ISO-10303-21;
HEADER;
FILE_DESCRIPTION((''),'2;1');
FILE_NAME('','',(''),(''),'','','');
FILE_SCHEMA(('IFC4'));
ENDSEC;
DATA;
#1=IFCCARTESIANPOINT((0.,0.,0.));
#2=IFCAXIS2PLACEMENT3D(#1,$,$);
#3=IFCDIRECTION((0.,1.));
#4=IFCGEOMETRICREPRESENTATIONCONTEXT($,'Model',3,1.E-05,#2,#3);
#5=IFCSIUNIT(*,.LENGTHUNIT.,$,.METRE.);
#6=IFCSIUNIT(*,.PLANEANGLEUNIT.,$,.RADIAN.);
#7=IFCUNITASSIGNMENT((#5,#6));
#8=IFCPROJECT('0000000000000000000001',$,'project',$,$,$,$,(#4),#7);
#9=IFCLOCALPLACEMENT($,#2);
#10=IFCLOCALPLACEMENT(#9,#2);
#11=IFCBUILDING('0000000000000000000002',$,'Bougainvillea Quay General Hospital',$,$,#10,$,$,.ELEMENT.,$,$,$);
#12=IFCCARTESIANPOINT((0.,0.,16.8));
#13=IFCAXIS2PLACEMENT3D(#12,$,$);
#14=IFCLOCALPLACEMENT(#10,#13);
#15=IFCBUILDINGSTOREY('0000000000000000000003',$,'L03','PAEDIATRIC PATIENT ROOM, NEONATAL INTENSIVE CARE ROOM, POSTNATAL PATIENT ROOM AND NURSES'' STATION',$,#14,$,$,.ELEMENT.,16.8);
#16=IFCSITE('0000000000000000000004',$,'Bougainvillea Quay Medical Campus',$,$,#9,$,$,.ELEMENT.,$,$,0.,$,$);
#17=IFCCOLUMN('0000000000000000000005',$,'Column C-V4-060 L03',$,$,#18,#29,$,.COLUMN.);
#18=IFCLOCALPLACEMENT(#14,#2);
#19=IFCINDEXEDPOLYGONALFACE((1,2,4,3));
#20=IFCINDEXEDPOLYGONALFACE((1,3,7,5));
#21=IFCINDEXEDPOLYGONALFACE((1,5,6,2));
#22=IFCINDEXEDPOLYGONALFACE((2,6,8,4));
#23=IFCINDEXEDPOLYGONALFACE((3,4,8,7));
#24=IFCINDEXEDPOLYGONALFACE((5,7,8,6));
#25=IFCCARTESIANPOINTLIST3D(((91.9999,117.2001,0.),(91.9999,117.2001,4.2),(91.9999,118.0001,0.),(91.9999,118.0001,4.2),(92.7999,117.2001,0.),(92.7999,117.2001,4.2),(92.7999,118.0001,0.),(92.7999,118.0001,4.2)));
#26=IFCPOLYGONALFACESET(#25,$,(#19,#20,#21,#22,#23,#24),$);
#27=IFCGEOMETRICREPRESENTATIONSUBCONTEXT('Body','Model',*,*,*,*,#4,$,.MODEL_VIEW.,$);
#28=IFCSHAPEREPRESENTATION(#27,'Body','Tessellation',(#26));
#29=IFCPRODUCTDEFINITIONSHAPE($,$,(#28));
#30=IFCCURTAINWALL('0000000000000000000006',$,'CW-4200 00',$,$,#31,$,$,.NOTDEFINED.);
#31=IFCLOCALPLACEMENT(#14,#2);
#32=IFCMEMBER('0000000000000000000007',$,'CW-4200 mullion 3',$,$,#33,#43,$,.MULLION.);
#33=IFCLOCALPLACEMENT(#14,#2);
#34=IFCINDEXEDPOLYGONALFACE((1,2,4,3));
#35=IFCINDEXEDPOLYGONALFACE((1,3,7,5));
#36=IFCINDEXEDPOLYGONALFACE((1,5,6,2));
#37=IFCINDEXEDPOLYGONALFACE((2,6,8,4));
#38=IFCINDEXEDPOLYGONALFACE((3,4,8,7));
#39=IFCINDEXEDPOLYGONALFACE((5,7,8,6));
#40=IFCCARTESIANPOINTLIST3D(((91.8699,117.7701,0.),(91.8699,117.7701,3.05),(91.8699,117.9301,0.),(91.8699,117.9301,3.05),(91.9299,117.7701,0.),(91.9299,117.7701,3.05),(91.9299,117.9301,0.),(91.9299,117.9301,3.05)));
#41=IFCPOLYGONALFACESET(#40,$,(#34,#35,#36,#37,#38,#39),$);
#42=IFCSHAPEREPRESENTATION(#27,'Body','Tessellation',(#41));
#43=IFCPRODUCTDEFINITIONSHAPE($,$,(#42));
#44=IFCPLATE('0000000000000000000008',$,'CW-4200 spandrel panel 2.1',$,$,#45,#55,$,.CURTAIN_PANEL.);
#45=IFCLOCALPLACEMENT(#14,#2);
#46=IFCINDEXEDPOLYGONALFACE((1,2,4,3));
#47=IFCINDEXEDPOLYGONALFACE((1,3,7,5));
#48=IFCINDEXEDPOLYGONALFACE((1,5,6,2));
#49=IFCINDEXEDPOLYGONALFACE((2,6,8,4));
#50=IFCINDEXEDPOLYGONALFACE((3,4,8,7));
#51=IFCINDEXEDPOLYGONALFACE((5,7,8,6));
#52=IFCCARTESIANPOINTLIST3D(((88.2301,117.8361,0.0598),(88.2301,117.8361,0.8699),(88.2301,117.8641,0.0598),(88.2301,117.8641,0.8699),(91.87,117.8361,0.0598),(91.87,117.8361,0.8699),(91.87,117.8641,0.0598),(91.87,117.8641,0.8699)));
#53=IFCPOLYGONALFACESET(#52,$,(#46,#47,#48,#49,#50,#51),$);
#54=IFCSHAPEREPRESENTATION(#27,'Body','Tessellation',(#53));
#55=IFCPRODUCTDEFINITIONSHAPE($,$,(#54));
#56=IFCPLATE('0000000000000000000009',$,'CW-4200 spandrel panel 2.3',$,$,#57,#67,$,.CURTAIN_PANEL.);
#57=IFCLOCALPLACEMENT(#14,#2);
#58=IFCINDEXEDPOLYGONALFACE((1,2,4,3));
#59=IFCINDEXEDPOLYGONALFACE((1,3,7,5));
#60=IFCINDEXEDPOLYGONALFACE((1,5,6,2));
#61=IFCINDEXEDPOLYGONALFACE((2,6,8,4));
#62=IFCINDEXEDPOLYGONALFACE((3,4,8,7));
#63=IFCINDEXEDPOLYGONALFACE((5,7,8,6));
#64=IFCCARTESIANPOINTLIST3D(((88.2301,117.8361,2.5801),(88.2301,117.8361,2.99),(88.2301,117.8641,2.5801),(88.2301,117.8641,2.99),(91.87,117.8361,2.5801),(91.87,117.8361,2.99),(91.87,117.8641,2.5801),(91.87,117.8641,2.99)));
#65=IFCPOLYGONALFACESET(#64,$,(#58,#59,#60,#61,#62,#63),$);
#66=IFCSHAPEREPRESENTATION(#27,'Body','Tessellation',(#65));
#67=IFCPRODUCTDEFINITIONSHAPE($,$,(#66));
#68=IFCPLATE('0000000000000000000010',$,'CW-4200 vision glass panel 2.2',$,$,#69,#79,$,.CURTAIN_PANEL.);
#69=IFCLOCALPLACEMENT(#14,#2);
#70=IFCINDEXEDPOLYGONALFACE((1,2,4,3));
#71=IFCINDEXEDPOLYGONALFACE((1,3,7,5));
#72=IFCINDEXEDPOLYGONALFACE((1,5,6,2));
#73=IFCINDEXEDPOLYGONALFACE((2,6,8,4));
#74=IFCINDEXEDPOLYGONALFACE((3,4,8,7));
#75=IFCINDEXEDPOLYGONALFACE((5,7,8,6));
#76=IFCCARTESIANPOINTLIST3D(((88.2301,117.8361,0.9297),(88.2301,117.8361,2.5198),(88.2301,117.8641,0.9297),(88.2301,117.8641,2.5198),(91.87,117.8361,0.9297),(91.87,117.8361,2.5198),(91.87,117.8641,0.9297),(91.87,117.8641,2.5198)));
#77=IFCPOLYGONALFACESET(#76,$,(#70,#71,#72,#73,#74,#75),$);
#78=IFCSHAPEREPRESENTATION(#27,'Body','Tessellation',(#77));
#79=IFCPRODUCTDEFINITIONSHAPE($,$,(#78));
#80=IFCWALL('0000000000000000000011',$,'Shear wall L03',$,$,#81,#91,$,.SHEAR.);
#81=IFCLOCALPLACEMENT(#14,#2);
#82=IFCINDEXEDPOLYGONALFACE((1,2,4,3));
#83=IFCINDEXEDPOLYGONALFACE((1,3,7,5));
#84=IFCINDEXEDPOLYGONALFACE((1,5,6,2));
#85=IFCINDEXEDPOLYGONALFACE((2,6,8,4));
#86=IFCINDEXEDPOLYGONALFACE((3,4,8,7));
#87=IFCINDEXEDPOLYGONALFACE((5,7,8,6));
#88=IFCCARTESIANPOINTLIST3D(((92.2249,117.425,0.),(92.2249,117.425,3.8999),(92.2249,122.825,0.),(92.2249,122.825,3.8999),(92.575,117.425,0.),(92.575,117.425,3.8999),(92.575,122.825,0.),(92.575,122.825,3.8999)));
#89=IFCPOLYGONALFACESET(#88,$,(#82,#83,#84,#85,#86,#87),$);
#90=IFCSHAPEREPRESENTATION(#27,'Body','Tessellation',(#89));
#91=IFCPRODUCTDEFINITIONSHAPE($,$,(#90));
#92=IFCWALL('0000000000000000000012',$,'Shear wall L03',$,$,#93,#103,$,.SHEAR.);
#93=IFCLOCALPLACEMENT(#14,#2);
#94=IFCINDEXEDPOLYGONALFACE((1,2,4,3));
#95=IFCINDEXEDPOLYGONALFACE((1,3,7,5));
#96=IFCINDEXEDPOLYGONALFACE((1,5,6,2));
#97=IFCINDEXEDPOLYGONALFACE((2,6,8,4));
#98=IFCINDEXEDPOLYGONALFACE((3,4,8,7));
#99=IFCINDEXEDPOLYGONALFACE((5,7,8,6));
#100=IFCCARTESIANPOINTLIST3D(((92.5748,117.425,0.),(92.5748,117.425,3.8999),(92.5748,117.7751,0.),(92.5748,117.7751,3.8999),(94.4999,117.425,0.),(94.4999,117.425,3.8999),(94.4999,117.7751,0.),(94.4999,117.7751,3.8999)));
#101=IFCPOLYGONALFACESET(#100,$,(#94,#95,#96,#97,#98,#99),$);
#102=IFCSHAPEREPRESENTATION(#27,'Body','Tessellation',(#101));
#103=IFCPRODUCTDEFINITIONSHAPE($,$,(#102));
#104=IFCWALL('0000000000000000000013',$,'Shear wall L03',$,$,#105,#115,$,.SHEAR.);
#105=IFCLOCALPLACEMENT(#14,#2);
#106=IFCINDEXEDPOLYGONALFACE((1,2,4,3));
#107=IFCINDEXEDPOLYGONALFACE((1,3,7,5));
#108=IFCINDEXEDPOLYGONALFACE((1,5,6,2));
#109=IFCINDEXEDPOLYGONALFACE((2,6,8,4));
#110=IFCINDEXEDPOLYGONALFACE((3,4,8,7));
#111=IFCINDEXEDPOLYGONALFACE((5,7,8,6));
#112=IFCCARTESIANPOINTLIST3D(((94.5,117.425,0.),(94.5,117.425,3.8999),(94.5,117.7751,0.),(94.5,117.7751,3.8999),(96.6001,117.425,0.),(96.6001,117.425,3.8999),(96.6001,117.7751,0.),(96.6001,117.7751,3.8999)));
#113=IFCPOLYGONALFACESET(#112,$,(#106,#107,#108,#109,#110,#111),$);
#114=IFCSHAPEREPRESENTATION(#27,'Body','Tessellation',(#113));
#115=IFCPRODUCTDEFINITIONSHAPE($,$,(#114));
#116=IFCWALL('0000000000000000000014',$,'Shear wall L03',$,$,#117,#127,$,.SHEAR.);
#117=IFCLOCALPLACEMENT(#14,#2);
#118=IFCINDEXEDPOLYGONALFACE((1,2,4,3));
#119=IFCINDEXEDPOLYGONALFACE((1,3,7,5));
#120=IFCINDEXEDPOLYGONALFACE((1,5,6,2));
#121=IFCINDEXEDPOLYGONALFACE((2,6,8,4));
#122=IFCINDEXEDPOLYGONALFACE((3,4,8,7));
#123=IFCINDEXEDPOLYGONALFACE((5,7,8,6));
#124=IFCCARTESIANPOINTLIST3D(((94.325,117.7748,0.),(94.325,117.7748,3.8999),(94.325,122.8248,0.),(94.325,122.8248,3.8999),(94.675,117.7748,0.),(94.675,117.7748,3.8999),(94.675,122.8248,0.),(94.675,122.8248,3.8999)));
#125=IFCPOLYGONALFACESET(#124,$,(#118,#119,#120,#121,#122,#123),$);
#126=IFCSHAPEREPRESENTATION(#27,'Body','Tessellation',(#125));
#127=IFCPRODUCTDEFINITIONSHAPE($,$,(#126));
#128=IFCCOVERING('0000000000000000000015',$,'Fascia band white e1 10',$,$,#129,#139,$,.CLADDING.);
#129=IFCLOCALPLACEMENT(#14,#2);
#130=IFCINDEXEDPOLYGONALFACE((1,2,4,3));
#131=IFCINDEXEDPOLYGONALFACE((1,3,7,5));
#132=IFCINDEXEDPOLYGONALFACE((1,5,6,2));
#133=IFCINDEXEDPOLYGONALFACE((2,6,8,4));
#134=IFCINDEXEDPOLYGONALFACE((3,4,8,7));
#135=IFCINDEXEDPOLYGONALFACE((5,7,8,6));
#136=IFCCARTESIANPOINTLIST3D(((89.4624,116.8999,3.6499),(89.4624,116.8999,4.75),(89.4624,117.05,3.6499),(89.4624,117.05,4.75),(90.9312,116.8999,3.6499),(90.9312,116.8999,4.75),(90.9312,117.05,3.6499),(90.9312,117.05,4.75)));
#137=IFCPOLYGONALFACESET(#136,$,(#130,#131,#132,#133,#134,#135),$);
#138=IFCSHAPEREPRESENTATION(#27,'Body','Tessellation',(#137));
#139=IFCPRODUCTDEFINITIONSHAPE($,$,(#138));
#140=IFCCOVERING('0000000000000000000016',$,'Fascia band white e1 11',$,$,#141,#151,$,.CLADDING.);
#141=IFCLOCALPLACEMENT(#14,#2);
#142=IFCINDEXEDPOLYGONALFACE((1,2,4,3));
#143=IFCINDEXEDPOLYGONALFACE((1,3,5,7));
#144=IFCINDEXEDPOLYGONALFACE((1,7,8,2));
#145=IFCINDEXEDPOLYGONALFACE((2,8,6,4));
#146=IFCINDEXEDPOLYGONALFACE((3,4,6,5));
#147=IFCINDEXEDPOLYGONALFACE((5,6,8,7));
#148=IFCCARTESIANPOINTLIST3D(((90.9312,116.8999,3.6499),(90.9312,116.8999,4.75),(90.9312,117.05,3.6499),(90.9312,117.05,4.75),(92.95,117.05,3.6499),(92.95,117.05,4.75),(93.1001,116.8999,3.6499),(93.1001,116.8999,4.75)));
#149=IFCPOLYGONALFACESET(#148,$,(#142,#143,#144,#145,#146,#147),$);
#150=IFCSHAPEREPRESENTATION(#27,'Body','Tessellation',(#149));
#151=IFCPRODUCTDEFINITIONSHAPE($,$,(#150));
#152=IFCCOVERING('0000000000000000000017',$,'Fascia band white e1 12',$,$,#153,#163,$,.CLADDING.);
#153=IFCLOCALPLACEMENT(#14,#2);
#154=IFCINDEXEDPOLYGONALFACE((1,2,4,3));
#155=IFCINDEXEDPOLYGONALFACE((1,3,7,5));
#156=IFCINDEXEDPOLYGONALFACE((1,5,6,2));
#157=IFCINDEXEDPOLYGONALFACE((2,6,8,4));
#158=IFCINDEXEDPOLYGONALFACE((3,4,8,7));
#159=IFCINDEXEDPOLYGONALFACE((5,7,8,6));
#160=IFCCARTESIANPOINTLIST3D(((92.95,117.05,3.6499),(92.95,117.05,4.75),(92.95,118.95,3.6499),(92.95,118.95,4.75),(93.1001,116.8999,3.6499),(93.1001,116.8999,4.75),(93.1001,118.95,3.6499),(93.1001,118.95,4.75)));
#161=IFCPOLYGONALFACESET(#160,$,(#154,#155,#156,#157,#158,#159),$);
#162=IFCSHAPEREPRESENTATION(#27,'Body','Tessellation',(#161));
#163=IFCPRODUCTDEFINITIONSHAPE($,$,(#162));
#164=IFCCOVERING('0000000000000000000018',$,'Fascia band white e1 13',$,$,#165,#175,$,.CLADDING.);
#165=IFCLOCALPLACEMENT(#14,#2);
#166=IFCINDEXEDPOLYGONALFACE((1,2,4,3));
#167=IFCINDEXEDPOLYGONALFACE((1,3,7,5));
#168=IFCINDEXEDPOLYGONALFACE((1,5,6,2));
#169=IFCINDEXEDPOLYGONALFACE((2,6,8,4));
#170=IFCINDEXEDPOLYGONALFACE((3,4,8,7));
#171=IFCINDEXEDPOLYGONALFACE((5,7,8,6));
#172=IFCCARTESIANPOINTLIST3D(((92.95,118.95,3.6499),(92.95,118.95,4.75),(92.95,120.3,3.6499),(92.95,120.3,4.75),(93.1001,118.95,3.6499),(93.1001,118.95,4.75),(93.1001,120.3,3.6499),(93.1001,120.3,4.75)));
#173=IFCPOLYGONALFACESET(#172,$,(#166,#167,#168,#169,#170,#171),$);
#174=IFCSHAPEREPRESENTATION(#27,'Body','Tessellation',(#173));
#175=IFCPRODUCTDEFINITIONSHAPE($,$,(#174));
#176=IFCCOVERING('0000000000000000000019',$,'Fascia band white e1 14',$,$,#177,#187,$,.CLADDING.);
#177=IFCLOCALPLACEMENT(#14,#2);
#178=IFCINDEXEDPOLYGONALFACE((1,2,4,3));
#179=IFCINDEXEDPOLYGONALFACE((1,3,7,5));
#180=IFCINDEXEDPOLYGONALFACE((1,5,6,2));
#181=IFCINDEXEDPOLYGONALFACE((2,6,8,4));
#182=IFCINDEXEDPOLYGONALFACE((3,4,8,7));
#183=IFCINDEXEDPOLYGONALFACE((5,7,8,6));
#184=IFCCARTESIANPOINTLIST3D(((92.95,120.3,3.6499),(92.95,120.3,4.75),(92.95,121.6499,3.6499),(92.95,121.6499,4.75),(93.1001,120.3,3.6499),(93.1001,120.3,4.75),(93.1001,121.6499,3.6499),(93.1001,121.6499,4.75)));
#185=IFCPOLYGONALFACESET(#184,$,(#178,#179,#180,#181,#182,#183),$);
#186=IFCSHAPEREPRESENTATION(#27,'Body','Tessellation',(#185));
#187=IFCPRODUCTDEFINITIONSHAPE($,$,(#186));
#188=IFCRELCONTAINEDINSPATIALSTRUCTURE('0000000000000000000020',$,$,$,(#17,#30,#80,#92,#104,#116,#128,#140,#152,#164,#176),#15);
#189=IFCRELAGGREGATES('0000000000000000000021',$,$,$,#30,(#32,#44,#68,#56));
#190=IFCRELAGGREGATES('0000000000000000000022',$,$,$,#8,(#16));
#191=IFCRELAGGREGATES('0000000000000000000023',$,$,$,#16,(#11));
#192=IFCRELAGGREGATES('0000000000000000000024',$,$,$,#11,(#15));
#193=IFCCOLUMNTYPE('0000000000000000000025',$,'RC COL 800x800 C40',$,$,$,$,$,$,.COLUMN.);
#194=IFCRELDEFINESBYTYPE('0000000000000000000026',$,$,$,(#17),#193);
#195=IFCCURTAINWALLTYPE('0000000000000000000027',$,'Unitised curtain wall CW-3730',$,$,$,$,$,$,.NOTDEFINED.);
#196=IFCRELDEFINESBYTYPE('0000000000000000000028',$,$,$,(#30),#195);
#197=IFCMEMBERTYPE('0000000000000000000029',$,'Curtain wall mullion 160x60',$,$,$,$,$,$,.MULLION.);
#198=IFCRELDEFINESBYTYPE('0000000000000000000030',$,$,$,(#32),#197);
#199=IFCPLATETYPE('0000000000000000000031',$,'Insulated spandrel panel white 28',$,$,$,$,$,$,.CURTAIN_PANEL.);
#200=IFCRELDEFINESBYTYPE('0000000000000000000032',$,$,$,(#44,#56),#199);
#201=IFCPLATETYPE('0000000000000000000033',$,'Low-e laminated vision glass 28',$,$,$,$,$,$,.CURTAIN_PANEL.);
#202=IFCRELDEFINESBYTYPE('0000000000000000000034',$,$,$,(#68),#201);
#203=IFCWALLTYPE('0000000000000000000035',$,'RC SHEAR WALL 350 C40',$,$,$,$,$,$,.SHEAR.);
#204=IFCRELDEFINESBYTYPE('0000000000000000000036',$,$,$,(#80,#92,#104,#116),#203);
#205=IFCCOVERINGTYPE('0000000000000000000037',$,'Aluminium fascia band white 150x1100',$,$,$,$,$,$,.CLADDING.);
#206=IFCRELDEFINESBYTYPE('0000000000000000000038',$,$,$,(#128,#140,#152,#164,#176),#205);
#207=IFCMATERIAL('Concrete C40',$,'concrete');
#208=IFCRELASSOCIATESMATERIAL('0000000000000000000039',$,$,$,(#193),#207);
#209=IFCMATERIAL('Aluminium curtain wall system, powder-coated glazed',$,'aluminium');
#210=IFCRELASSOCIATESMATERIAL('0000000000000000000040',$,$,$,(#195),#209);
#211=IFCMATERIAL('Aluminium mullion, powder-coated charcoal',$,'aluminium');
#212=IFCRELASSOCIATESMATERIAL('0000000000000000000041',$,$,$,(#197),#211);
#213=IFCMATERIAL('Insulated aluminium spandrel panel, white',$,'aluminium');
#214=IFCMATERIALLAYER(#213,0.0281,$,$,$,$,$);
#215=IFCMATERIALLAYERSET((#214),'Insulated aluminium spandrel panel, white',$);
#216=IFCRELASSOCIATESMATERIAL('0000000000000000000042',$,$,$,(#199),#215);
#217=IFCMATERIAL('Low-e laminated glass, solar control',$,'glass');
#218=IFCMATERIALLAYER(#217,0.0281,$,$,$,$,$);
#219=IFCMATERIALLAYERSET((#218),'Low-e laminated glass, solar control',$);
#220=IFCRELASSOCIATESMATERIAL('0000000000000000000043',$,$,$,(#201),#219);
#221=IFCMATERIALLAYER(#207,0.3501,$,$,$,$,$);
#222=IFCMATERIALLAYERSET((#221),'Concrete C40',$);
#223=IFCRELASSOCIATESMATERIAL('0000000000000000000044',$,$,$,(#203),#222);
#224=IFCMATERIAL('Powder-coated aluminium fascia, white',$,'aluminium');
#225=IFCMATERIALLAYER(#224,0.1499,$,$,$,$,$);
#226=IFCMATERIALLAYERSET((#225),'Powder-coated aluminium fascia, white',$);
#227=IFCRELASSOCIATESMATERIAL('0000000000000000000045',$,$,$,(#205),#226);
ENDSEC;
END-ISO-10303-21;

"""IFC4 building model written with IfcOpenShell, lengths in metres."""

from ifc_helpers import new_model, si_unit, direction, frame, frame_2d, origin, origin_2d, place, context, subcontext, project, spatial, polyline, rectangle, outline, extrude, material, layer, layer_set, material_profile, profile_set, type_object, element, aggregate, save


model = new_model("IFC4")

# Units and contexts
model_context = context("Model", 3, precision=1e-05, world=origin(), true_north=direction((0.0, 1.0)))
body_context = subcontext(model_context, "Body", "Model", "MODEL_VIEW")
ifc_project = project(units=[si_unit("LENGTHUNIT", "METRE"), si_unit("PLANEANGLEUNIT", "RADIAN")], contexts=[model_context])

# Site, building, storey
site_placement = place(None, origin())
site = spatial("IfcSite", under=ifc_project, at=site_placement, Name="Bougainvillea Quay Medical Campus", CompositionType="ELEMENT", RefElevation=0.0)
building_placement = place(site_placement, origin())
building = spatial("IfcBuilding", under=site, at=building_placement, Name="Bougainvillea Quay General Hospital", CompositionType="ELEMENT")
storey_placement = place(building_placement, frame((0.0, 0.0, 16.8)))
storey = spatial("IfcBuildingStorey", under=building, at=storey_placement, Name="L03", Description="PAEDIATRIC PATIENT ROOM, NEONATAL INTENSIVE CARE ROOM, POSTNATAL PATIENT ROOM AND NURSES' STATION", CompositionType="ELEMENT", Elevation=16.8)

# Column
ifc_material_1 = material(Name="Concrete C40", Category="concrete")
ifc_material_profile_1 = material_profile(ifc_material_1, rectangle(XDim=0.8, YDim=0.8, at=origin_2d()))
ifc_profile_set_1 = profile_set([ifc_material_profile_1], Name="Concrete C40")
column_type = type_object("IfcColumnType", Name="RC COL 800x800 C40", PredefinedType="COLUMN", material=ifc_profile_set_1)
column_placement = place(storey_placement, frame((92.3999, 117.6001, 0.0), z_axis=(0.0, 0.0, 1.0), x_axis=(1.0, 0.0, 0.0)))
element("IfcColumn", 1, at=column_placement, inside=storey, type_object=column_type, Name="Column C-V4-060 L03", PredefinedType="COLUMN", context=body_context, shape_type="SweptSolid", body=[
    extrude(rectangle(XDim=0.8, YDim=0.8, at=origin_2d()), origin(), (0.0, 0.0, 1.0), 4.2),
])

# Curtain wall, member, plates
ifc_material_2 = material(Name="Aluminium curtain wall system, powder-coated glazed", Category="aluminium")
curtain_wall_type = type_object("IfcCurtainWallType", Name="Unitised curtain wall CW-3730", PredefinedType="NOTDEFINED", material=ifc_material_2)
curtain_wall_placement = place(storey_placement, origin())
curtain_wall = element("IfcCurtainWall", 2, at=curtain_wall_placement, inside=storey, type_object=curtain_wall_type, Name="CW-4200 00", PredefinedType="NOTDEFINED")
ifc_material_3 = material(Name="Aluminium mullion, powder-coated charcoal", Category="aluminium")
ifc_material_profile_2 = material_profile(ifc_material_3, rectangle(XDim=0.1599, YDim=0.0601, at=origin_2d()))
ifc_profile_set_2 = profile_set([ifc_material_profile_2], Name="Aluminium mullion, powder-coated charcoal")
member_type = type_object("IfcMemberType", Name="Curtain wall mullion 160x60", PredefinedType="MULLION", material=ifc_profile_set_2)
member_placement = place(storey_placement, frame((91.8999, 117.8501, 0.0), z_axis=(0.0, 0.0, 1.0), x_axis=(0.0, 1.0, 0.0)))
member = element("IfcMember", 3, at=member_placement, type_object=member_type, Name="CW-4200 mullion 3", PredefinedType="MULLION", context=body_context, shape_type="SweptSolid", body=[
    extrude(rectangle(XDim=0.1599, YDim=0.0601, at=origin_2d()), origin(), (0.0, 0.0, 1.0), 3.05),
])
ifc_material_4 = material(Name="Insulated aluminium spandrel panel, white", Category="aluminium")
ifc_layer_1 = layer(ifc_material_4, 0.0281)
ifc_layer_set_1 = layer_set([ifc_layer_1], Name="Insulated aluminium spandrel panel, white")
plate_type_1 = type_object("IfcPlateType", Name="Insulated spandrel panel white 28", PredefinedType="CURTAIN_PANEL", material=ifc_layer_set_1)
plate_1_placement = place(storey_placement, frame((90.05, 117.8501, 0.0598), z_axis=(0.0, 0.0, 1.0), x_axis=(1.0, 0.0, 0.0)))
plate_1 = element("IfcPlate", 4, at=plate_1_placement, type_object=plate_type_1, Name="CW-4200 spandrel panel 2.1", PredefinedType="CURTAIN_PANEL", context=body_context, shape_type="SweptSolid", body=[
    extrude(rectangle(XDim=3.6399, YDim=0.0281, at=origin_2d()), origin(), (0.0, 0.0, 1.0), 0.8101),
])
plate_2_placement = place(storey_placement, frame((90.05, 117.8501, 2.5801), z_axis=(0.0, 0.0, 1.0), x_axis=(1.0, 0.0, 0.0)))
plate_2 = element("IfcPlate", 5, at=plate_2_placement, type_object=plate_type_1, Name="CW-4200 spandrel panel 2.3", PredefinedType="CURTAIN_PANEL", context=body_context, shape_type="SweptSolid", body=[
    extrude(rectangle(XDim=3.6399, YDim=0.0281, at=origin_2d()), origin(), (0.0, 0.0, 1.0), 0.4099),
])
ifc_material_5 = material(Name="Low-e laminated glass, solar control", Category="glass")
ifc_layer_2 = layer(ifc_material_5, 0.0281)
ifc_layer_set_2 = layer_set([ifc_layer_2], Name="Low-e laminated glass, solar control")
plate_type_2 = type_object("IfcPlateType", Name="Low-e laminated vision glass 28", PredefinedType="CURTAIN_PANEL", material=ifc_layer_set_2)
plate_3_placement = place(storey_placement, frame((90.05, 117.8501, 0.9297), z_axis=(0.0, 0.0, 1.0), x_axis=(1.0, 0.0, 0.0)))
plate_3 = element("IfcPlate", 6, at=plate_3_placement, type_object=plate_type_2, Name="CW-4200 vision glass panel 2.2", PredefinedType="CURTAIN_PANEL", context=body_context, shape_type="SweptSolid", body=[
    extrude(rectangle(XDim=3.6399, YDim=0.0281, at=origin_2d()), origin(), (0.0, 0.0, 1.0), 1.5901),
])
aggregate(curtain_wall, [member, plate_1, plate_3, plate_2])

# Walls
ifc_layer_3 = layer(ifc_material_1, 0.3501)
ifc_layer_set_3 = layer_set([ifc_layer_3], Name="Concrete C40")
wall_type = type_object("IfcWallType", Name="RC SHEAR WALL 350 C40", PredefinedType="SHEAR", material=ifc_layer_set_3)
wall_1_placement = place(storey_placement, frame((92.3999, 117.425, 0.0), z_axis=(0.0, 0.0, 1.0), x_axis=(0.0, 1.0, 0.0)))
element("IfcWall", 7, at=wall_1_placement, inside=storey, type_object=wall_type, Name="Shear wall L03", PredefinedType="SHEAR", context=body_context, shape_type="SweptSolid", body=[
    extrude(rectangle(XDim=5.3999, YDim=0.3501, at=frame_2d((2.7, 0.0))), origin(), (0.0, 0.0, 1.0), 3.8999),
])
wall_2_placement = place(storey_placement, frame((92.575, 117.6001, 0.0), z_axis=(0.0, 0.0, 1.0), x_axis=(1.0, 0.0, 0.0)))
element("IfcWall", 8, at=wall_2_placement, inside=storey, type_object=wall_type, Name="Shear wall L03", PredefinedType="SHEAR", context=body_context, shape_type="SweptSolid", body=[
    extrude(rectangle(XDim=1.925, YDim=0.3501, at=frame_2d((0.9624, 0.0))), origin(), (0.0, 0.0, 1.0), 3.8999),
])
wall_3_placement = place(storey_placement, frame((94.5, 117.6001, 0.0), z_axis=(0.0, 0.0, 1.0), x_axis=(1.0, 0.0, 0.0)))
element("IfcWall", 9, at=wall_3_placement, inside=storey, type_object=wall_type, Name="Shear wall L03", PredefinedType="SHEAR", context=body_context, shape_type="SweptSolid", body=[
    extrude(rectangle(XDim=2.1001, YDim=0.3501, at=frame_2d((1.05, 0.0))), origin(), (0.0, 0.0, 1.0), 3.8999),
])
wall_4_placement = place(storey_placement, frame((94.5, 117.7749, 0.0), z_axis=(0.0, 0.0, 1.0), x_axis=(0.0, 1.0, 0.0)))
element("IfcWall", 10, at=wall_4_placement, inside=storey, type_object=wall_type, Name="Shear wall L03", PredefinedType="SHEAR", context=body_context, shape_type="SweptSolid", body=[
    extrude(rectangle(XDim=5.05, YDim=0.3501, at=frame_2d((2.5249, 0.0))), origin(), (0.0, 0.0, 1.0), 3.8999),
])

# Coverings
ifc_material_6 = material(Name="Powder-coated aluminium fascia, white", Category="aluminium")
ifc_layer_4 = layer(ifc_material_6, 0.1499)
ifc_layer_set_4 = layer_set([ifc_layer_4], Name="Powder-coated aluminium fascia, white")
covering_type = type_object("IfcCoveringType", Name="Aluminium fascia band white 150x1100", PredefinedType="CLADDING", material=ifc_layer_set_4)
covering_1_placement = place(storey_placement, frame((89.4624, 117.05, 3.6499), z_axis=(0.0, 0.0, 1.0), x_axis=(1.0, 0.0, 0.0)))
element("IfcCovering", 11, at=covering_1_placement, inside=storey, type_object=covering_type, Name="Fascia band white e1 10", PredefinedType="CLADDING", context=body_context, shape_type="SweptSolid", body=[
    extrude(outline(polyline([(0.0, 0.0), (1.4688, 0.0), (1.4688, -0.1501), (0.0, -0.1501), (0.0, 0.0)])), origin(), (0.0, 0.0, 1.0), 1.1001),
])
covering_2_placement = place(storey_placement, frame((90.9312, 117.05, 3.6499), z_axis=(0.0, 0.0, 1.0), x_axis=(1.0, 0.0, 0.0)))
element("IfcCovering", 12, at=covering_2_placement, inside=storey, type_object=covering_type, Name="Fascia band white e1 11", PredefinedType="CLADDING", context=body_context, shape_type="SweptSolid", body=[
    extrude(outline(polyline([(0.0, 0.0), (2.0188, 0.0), (2.1689, -0.1501), (0.0, -0.1501), (0.0, 0.0)])), origin(), (0.0, 0.0, 1.0), 1.1001),
])
covering_3_placement = place(storey_placement, frame((92.95, 117.05, 3.6499), z_axis=(0.0, 0.0, 1.0), x_axis=(0.0, 1.0, 0.0)))
element("IfcCovering", 13, at=covering_3_placement, inside=storey, type_object=covering_type, Name="Fascia band white e1 12", PredefinedType="CLADDING", context=body_context, shape_type="SweptSolid", body=[
    extrude(outline(polyline([(0.0, 0.0), (1.8999, 0.0), (1.8999, -0.1501), (-0.1501, -0.1501), (0.0, 0.0)])), origin(), (0.0, 0.0, 1.0), 1.1001),
])
covering_4_placement = place(storey_placement, frame((92.95, 118.95, 3.6499), z_axis=(0.0, 0.0, 1.0), x_axis=(0.0, 1.0, 0.0)))
element("IfcCovering", 14, at=covering_4_placement, inside=storey, type_object=covering_type, Name="Fascia band white e1 13", PredefinedType="CLADDING", context=body_context, shape_type="SweptSolid", body=[
    extrude(outline(polyline([(0.0, 0.0), (1.3501, 0.0), (1.3501, -0.1501), (0.0, -0.1501), (0.0, 0.0)])), origin(), (0.0, 0.0, 1.0), 1.1001),
])
covering_5_placement = place(storey_placement, frame((92.95, 120.3, 3.6499), z_axis=(0.0, 0.0, 1.0), x_axis=(0.0, 1.0, 0.0)))
element("IfcCovering", 15, at=covering_5_placement, inside=storey, type_object=covering_type, Name="Fascia band white e1 14", PredefinedType="CLADDING", context=body_context, shape_type="SweptSolid", body=[
    extrude(outline(polyline([(0.0, 0.0), (1.3499, 0.0), (1.3499, -0.1501), (0.0, -0.1501), (0.0, 0.0)])), origin(), (0.0, 0.0, 1.0), 1.1001),
])

save(model, "model.ifc")
